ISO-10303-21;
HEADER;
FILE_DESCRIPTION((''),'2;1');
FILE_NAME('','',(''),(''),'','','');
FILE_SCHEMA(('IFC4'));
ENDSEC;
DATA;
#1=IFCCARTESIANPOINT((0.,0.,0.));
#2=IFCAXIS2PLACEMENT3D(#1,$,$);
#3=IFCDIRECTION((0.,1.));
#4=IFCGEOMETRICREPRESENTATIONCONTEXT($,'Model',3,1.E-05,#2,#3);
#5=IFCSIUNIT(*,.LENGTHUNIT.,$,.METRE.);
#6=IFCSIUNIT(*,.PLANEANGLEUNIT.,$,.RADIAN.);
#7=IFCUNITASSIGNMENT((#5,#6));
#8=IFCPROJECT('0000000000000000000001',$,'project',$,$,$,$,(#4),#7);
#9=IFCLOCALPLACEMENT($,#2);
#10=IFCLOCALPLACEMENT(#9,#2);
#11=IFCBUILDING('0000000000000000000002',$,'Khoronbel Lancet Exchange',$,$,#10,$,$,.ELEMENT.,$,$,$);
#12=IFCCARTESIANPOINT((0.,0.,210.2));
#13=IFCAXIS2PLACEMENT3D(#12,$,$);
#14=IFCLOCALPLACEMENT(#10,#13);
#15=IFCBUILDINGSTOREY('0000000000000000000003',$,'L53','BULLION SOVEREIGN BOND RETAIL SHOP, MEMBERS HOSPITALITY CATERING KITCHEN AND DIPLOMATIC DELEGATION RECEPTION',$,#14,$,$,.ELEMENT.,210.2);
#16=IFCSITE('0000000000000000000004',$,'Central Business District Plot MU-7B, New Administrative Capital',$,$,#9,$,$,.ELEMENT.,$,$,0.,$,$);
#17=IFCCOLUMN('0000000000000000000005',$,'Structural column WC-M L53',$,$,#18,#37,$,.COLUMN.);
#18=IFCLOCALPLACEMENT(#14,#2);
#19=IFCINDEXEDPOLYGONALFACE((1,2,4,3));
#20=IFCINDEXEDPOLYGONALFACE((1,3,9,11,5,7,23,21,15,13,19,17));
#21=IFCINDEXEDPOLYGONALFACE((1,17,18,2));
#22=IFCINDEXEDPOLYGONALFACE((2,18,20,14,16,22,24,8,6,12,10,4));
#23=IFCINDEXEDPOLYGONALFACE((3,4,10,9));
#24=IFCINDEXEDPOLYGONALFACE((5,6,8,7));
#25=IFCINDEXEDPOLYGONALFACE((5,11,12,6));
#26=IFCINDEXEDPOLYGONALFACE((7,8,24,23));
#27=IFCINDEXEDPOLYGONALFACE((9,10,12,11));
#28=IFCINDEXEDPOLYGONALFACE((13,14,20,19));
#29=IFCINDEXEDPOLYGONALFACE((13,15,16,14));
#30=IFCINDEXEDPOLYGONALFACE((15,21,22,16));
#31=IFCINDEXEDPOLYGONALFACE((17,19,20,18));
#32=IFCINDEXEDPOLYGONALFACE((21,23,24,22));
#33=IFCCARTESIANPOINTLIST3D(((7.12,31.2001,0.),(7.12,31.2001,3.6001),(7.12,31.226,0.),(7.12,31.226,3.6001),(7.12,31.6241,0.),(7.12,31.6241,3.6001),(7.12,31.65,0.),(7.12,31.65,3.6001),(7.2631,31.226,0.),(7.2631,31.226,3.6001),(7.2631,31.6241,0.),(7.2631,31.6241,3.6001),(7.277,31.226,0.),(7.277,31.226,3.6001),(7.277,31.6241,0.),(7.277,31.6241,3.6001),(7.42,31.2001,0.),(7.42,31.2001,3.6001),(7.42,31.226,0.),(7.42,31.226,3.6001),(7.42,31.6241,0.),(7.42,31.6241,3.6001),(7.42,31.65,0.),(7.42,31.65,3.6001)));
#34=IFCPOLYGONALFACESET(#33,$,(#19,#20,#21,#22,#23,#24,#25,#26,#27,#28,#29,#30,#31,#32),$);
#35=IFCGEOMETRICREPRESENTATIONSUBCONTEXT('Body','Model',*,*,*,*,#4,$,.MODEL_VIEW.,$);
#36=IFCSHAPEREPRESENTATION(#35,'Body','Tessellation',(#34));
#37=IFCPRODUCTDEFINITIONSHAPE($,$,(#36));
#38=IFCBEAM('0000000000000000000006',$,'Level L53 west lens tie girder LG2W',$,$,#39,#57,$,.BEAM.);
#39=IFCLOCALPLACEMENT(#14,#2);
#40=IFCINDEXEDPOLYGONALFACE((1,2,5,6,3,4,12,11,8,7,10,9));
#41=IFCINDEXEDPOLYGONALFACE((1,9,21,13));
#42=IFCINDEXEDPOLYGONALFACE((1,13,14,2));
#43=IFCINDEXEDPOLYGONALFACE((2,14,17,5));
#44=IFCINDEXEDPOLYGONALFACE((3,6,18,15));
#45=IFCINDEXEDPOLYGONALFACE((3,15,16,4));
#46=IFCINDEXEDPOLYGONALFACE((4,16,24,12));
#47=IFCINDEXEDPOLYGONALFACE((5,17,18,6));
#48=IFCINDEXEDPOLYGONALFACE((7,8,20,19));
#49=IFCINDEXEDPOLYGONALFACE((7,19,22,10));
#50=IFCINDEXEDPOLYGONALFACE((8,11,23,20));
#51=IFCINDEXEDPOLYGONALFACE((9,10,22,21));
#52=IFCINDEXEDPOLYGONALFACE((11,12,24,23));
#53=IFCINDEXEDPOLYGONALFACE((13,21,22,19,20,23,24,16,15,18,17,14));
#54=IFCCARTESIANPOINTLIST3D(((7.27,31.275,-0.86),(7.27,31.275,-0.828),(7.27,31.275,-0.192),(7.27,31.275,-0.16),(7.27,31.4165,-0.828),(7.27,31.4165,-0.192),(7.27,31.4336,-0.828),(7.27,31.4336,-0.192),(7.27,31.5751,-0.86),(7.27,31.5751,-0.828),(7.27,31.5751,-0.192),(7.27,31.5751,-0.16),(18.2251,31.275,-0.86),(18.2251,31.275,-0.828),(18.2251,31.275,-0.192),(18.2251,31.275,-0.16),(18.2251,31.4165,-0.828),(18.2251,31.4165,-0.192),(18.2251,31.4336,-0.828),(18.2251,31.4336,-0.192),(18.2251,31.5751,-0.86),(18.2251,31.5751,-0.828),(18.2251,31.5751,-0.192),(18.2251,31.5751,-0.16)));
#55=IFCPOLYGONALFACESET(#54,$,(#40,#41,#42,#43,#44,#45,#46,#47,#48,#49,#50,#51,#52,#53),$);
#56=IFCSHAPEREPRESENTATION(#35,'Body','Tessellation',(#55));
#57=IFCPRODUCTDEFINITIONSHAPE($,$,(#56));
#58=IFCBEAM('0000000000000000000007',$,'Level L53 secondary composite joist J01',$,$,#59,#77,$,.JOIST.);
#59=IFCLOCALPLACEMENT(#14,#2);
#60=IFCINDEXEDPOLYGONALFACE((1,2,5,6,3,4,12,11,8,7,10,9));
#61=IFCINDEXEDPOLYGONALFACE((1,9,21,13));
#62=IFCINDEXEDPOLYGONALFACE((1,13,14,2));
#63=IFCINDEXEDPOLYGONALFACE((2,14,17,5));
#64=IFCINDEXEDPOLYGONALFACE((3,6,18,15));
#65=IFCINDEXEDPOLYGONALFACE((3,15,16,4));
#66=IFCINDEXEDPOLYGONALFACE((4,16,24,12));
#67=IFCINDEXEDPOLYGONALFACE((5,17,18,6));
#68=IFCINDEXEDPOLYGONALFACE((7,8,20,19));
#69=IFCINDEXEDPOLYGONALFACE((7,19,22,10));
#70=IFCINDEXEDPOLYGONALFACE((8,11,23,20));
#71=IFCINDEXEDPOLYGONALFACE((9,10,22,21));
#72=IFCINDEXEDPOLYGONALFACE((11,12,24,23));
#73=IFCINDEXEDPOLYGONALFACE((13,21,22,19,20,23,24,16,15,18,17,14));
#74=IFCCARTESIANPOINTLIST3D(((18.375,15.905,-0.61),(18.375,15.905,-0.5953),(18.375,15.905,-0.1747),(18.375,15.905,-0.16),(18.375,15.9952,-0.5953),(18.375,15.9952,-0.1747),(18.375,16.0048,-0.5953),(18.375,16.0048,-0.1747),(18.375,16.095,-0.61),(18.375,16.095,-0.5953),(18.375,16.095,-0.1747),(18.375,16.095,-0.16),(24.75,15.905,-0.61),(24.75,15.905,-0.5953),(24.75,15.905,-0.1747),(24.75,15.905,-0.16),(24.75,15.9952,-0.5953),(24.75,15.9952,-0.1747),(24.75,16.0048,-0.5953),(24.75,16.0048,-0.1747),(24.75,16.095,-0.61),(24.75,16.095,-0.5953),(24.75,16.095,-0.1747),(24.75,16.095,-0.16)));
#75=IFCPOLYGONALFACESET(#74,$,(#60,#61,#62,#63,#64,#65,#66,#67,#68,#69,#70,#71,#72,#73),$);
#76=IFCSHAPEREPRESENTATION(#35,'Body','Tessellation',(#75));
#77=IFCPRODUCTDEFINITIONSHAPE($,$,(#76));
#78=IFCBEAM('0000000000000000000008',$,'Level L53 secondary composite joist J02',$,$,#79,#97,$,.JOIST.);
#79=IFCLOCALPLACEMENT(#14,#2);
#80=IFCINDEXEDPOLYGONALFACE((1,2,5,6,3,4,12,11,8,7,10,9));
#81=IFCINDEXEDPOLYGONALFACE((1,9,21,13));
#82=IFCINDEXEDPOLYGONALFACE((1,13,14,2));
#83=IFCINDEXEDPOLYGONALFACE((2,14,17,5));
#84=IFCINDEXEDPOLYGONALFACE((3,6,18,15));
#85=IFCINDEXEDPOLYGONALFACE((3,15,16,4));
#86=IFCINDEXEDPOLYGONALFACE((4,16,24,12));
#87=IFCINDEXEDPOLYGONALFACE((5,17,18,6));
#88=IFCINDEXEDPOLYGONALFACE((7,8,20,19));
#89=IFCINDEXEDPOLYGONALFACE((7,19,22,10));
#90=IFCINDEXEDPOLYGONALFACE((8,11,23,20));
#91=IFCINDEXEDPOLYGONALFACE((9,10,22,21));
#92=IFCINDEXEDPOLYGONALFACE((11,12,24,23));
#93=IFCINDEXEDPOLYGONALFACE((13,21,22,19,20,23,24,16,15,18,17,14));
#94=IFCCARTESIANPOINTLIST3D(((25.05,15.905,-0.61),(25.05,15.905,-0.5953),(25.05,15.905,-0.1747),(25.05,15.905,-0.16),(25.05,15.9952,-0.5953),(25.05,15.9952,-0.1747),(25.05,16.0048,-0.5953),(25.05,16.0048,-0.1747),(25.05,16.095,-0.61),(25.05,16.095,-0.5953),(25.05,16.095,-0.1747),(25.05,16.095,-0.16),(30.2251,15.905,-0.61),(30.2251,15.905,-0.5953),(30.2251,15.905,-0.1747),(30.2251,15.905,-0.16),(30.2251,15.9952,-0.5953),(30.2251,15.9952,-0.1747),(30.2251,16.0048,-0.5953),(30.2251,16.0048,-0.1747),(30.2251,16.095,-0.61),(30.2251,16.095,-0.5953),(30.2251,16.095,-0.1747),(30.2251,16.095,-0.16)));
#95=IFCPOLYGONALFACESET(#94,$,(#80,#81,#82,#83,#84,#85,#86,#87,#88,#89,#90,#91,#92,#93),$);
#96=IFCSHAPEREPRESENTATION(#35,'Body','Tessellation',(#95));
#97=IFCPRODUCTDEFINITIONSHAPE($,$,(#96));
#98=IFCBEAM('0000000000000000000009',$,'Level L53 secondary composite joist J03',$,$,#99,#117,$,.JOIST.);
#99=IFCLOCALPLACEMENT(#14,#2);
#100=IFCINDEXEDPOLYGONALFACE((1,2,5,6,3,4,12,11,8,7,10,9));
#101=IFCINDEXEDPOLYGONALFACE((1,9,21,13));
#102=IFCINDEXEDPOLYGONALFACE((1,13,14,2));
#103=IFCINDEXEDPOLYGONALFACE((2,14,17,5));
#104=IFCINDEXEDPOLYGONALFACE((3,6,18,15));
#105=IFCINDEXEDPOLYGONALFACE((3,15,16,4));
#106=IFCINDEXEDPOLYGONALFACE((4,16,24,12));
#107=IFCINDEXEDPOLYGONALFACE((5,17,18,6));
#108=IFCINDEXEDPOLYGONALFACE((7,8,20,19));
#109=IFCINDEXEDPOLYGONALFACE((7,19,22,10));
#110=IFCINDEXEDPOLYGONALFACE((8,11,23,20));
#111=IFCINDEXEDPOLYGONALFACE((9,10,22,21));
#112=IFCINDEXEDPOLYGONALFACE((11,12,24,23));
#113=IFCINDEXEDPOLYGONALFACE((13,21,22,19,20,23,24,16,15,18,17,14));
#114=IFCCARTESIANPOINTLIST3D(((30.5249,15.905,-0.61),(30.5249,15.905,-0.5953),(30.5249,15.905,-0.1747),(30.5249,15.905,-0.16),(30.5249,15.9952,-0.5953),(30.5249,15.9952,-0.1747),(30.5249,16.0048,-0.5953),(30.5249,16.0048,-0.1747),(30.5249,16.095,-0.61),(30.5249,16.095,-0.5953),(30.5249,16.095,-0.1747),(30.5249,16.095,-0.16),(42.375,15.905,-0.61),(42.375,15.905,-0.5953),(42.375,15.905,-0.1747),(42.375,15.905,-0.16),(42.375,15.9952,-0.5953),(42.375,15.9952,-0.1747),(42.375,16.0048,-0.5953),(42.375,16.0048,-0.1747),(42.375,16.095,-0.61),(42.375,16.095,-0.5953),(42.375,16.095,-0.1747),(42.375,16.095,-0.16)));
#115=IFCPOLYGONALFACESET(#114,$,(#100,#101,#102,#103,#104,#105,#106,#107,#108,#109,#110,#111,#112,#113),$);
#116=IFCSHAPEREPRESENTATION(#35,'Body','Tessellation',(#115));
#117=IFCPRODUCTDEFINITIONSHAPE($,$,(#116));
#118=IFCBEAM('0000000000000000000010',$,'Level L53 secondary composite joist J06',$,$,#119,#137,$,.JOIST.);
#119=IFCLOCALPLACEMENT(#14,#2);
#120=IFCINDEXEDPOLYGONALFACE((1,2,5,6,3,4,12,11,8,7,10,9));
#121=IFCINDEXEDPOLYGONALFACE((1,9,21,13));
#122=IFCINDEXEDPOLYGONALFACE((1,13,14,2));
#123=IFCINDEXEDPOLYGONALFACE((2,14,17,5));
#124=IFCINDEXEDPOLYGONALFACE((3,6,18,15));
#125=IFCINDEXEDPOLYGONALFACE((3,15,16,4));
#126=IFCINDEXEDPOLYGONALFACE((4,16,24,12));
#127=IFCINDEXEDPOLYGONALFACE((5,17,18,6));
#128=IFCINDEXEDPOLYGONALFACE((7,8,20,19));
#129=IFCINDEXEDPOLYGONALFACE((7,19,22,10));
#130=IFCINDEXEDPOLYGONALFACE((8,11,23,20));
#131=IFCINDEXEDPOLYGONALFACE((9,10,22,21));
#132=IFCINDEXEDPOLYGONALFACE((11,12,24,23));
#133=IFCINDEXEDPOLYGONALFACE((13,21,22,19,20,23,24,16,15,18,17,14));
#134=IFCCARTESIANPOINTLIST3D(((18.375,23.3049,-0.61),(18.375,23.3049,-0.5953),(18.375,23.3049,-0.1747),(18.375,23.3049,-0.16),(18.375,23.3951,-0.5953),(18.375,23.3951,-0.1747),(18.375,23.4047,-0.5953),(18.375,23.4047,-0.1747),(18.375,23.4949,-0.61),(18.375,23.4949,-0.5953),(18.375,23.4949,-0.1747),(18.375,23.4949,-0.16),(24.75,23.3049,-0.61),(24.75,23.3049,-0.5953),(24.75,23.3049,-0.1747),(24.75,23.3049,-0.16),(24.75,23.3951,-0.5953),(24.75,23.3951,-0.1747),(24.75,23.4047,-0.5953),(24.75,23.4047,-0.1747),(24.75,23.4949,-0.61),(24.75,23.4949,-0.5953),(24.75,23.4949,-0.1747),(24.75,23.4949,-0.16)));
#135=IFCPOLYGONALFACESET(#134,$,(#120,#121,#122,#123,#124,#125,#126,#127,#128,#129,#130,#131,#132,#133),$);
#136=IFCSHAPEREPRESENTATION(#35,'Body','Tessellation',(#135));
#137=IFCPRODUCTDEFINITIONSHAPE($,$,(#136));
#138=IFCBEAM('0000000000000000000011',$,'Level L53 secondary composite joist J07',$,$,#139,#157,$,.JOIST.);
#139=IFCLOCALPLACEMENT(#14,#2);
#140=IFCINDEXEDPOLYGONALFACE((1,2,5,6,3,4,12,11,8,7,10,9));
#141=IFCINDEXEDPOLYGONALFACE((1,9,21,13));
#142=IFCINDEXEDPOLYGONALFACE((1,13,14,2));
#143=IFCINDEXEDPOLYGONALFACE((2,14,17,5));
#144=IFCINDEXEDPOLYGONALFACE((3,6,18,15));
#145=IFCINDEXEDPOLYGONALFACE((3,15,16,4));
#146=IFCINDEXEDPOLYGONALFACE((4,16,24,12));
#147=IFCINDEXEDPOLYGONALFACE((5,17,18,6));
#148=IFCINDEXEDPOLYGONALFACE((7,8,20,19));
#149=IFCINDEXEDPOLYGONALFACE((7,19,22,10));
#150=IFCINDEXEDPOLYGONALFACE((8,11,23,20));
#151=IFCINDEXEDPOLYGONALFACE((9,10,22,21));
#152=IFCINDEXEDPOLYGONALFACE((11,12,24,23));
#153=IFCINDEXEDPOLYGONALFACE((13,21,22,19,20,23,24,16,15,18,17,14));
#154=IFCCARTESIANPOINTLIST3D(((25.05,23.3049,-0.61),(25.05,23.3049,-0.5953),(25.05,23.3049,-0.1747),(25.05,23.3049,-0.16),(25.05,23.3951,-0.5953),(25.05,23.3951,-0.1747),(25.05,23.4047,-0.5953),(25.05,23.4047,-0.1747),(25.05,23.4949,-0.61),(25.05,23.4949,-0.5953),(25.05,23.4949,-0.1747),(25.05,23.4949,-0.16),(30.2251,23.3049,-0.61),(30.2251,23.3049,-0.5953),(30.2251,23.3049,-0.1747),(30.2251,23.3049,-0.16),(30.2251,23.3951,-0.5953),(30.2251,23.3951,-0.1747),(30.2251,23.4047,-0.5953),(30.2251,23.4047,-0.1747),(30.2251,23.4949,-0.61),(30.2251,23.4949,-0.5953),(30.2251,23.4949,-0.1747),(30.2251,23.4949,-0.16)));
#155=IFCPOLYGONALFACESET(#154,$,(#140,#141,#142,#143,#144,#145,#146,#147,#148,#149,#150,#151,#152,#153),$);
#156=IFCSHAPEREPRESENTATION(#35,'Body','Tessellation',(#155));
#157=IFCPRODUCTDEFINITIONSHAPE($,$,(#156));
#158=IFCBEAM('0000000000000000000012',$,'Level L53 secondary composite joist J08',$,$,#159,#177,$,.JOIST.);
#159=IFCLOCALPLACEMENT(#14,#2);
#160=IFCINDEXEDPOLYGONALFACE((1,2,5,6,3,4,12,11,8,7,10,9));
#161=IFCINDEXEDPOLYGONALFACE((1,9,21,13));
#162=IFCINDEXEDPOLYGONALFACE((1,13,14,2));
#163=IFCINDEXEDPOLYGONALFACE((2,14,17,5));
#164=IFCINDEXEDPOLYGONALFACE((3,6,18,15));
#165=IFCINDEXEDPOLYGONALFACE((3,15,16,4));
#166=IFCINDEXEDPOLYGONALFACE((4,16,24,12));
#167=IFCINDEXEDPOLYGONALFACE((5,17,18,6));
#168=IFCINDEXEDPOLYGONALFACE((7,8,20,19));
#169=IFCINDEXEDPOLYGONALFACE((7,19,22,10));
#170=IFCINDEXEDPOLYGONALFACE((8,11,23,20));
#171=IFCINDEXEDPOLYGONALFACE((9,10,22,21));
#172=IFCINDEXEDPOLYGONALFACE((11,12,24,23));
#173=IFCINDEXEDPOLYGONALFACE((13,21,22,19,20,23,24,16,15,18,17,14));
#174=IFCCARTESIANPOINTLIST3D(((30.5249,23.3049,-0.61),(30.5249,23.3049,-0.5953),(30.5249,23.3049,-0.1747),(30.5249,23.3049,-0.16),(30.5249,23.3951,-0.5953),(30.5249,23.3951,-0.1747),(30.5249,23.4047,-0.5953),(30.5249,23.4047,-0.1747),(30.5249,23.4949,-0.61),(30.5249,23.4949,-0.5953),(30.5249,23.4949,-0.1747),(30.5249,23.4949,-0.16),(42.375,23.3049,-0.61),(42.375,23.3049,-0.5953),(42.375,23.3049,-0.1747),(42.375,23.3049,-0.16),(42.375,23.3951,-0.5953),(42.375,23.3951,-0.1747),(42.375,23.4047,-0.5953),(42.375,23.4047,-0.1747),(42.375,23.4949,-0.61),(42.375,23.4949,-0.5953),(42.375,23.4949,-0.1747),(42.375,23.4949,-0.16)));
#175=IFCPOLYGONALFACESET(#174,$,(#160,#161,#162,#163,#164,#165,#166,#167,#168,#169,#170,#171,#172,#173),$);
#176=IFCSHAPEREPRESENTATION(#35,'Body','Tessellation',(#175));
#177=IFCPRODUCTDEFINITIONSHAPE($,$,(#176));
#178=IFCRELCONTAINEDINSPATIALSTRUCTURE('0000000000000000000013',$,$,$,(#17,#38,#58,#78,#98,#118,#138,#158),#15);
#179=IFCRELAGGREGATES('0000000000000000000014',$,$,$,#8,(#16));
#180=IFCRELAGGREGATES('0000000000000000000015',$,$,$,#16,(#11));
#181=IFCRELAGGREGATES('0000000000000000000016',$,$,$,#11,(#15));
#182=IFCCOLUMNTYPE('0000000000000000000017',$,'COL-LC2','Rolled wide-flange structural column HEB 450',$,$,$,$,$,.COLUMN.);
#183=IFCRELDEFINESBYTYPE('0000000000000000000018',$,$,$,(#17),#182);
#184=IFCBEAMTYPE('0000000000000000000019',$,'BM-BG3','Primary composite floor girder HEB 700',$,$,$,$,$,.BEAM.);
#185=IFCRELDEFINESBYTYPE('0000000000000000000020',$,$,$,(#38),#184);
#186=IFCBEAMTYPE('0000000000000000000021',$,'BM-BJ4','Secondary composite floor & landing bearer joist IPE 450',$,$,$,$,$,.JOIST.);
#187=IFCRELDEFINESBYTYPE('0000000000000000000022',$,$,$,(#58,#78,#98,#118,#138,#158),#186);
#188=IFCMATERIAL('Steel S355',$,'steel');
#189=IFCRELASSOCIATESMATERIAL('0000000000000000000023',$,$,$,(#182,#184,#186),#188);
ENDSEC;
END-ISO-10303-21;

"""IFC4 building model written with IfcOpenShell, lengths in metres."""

from ifc_helpers import new_model, si_unit, direction, frame, origin, origin_2d, place, context, subcontext, project, spatial, i_section, extrude, material, material_profile, profile_set, type_object, element, save


model = new_model("IFC4")

# Units and contexts
model_context = context("Model", 3, precision=1e-05, world=origin(), true_north=direction((0.0, 1.0)))
body_context = subcontext(model_context, "Body", "Model", "MODEL_VIEW")
ifc_project = project(units=[si_unit("LENGTHUNIT", "METRE"), si_unit("PLANEANGLEUNIT", "RADIAN")], contexts=[model_context])

# Site, building, storey
site_placement = place(None, origin())
site = spatial("IfcSite", under=ifc_project, at=site_placement, Name="Central Business District Plot MU-7B, New Administrative Capital", CompositionType="ELEMENT", RefElevation=0.0)
building_placement = place(site_placement, origin())
building = spatial("IfcBuilding", under=site, at=building_placement, Name="Khoronbel Lancet Exchange", CompositionType="ELEMENT")
storey_placement = place(building_placement, frame((0.0, 0.0, 210.2)))
storey = spatial("IfcBuildingStorey", under=building, at=storey_placement, Name="L53", Description="BULLION SOVEREIGN BOND RETAIL SHOP, MEMBERS HOSPITALITY CATERING KITCHEN AND DIPLOMATIC DELEGATION RECEPTION", CompositionType="ELEMENT", Elevation=210.2)

# Column
ifc_material_1 = material(Name="Steel S355", Category="steel")
ifc_material_profile_1 = material_profile(ifc_material_1, i_section(OverallWidth=0.3, OverallDepth=0.45, WebThickness=0.0139, FlangeThickness=0.0259, at=origin_2d()), Name="HEB 450")
ifc_profile_set_1 = profile_set([ifc_material_profile_1], Name="Steel S355")
column_type = type_object("IfcColumnType", Name="COL-LC2", Description="Rolled wide-flange structural column HEB 450", PredefinedType="COLUMN", material=ifc_profile_set_1)
column_placement = place(storey_placement, frame((7.27, 31.425, 0.0), z_axis=(0.0, 0.0, 1.0), x_axis=(1.0, 0.0, 0.0)))
element("IfcColumn", 1, at=column_placement, inside=storey, type_object=column_type, Name="Structural column WC-M L53", PredefinedType="COLUMN", context=body_context, shape_type="SweptSolid", body=[
    extrude(i_section(OverallWidth=0.3, OverallDepth=0.45, WebThickness=0.0139, FlangeThickness=0.0259, at=origin_2d()), origin(), (0.0, 0.0, 1.0), 3.6001),
])

# Beams
ifc_material_profile_2 = material_profile(ifc_material_1, i_section(OverallWidth=0.3, OverallDepth=0.7, WebThickness=0.0171, FlangeThickness=0.032, at=origin_2d()), Name="HEB 700")
ifc_profile_set_2 = profile_set([ifc_material_profile_2], Name="Steel S355")
beam_type_1 = type_object("IfcBeamType", Name="BM-BG3", Description="Primary composite floor girder HEB 700", PredefinedType="BEAM", material=ifc_profile_set_2)
beam_1_placement = place(storey_placement, frame((7.27, 31.425, -0.51), z_axis=(1.0, 0.0, 0.0), x_axis=(0.0, 1.0, 0.0)))
element("IfcBeam", 2, at=beam_1_placement, inside=storey, type_object=beam_type_1, Name="Level L53 west lens tie girder LG2W", PredefinedType="BEAM", context=body_context, shape_type="SweptSolid", body=[
    extrude(i_section(OverallWidth=0.3, OverallDepth=0.7, WebThickness=0.0171, FlangeThickness=0.032, at=origin_2d()), origin(), (0.0, 0.0, 1.0), 10.9551),
])
ifc_material_profile_3 = material_profile(ifc_material_1, i_section(OverallWidth=0.1899, OverallDepth=0.45, WebThickness=0.0095, FlangeThickness=0.0146, at=origin_2d()), Name="IPE 450")
ifc_profile_set_3 = profile_set([ifc_material_profile_3], Name="Steel S355")
beam_type_2 = type_object("IfcBeamType", Name="BM-BJ4", Description="Secondary composite floor & landing bearer joist IPE 450", PredefinedType="JOIST", material=ifc_profile_set_3)
beam_2_placement = place(storey_placement, frame((18.375, 16.0, -0.385), z_axis=(1.0, 0.0, 0.0), x_axis=(0.0, 1.0, 0.0)))
element("IfcBeam", 3, at=beam_2_placement, inside=storey, type_object=beam_type_2, Name="Level L53 secondary composite joist J01", PredefinedType="JOIST", context=body_context, shape_type="SweptSolid", body=[
    extrude(i_section(OverallWidth=0.1899, OverallDepth=0.45, WebThickness=0.0095, FlangeThickness=0.0146, at=origin_2d()), origin(), (0.0, 0.0, 1.0), 6.375),
])
beam_3_placement = place(storey_placement, frame((25.05, 16.0, -0.385), z_axis=(1.0, 0.0, 0.0), x_axis=(0.0, 1.0, 0.0)))
element("IfcBeam", 4, at=beam_3_placement, inside=storey, type_object=beam_type_2, Name="Level L53 secondary composite joist J02", PredefinedType="JOIST", context=body_context, shape_type="SweptSolid", body=[
    extrude(i_section(OverallWidth=0.1899, OverallDepth=0.45, WebThickness=0.0095, FlangeThickness=0.0146, at=origin_2d()), origin(), (0.0, 0.0, 1.0), 5.175),
])
beam_4_placement = place(storey_placement, frame((30.5249, 16.0, -0.385), z_axis=(1.0, 0.0, 0.0), x_axis=(0.0, 1.0, 0.0)))
element("IfcBeam", 5, at=beam_4_placement, inside=storey, type_object=beam_type_2, Name="Level L53 secondary composite joist J03", PredefinedType="JOIST", context=body_context, shape_type="SweptSolid", body=[
    extrude(i_section(OverallWidth=0.1899, OverallDepth=0.45, WebThickness=0.0095, FlangeThickness=0.0146, at=origin_2d()), origin(), (0.0, 0.0, 1.0), 11.8501),
])
beam_5_placement = place(storey_placement, frame((18.375, 23.3999, -0.385), z_axis=(1.0, 0.0, 0.0), x_axis=(0.0, 1.0, 0.0)))
element("IfcBeam", 6, at=beam_5_placement, inside=storey, type_object=beam_type_2, Name="Level L53 secondary composite joist J06", PredefinedType="JOIST", context=body_context, shape_type="SweptSolid", body=[
    extrude(i_section(OverallWidth=0.1899, OverallDepth=0.45, WebThickness=0.0095, FlangeThickness=0.0146, at=origin_2d()), origin(), (0.0, 0.0, 1.0), 6.375),
])
beam_6_placement = place(storey_placement, frame((25.05, 23.3999, -0.385), z_axis=(1.0, 0.0, 0.0), x_axis=(0.0, 1.0, 0.0)))
element("IfcBeam", 7, at=beam_6_placement, inside=storey, type_object=beam_type_2, Name="Level L53 secondary composite joist J07", PredefinedType="JOIST", context=body_context, shape_type="SweptSolid", body=[
    extrude(i_section(OverallWidth=0.1899, OverallDepth=0.45, WebThickness=0.0095, FlangeThickness=0.0146, at=origin_2d()), origin(), (0.0, 0.0, 1.0), 5.175),
])
beam_7_placement = place(storey_placement, frame((30.5249, 23.3999, -0.385), z_axis=(1.0, 0.0, 0.0), x_axis=(0.0, 1.0, 0.0)))
element("IfcBeam", 8, at=beam_7_placement, inside=storey, type_object=beam_type_2, Name="Level L53 secondary composite joist J08", PredefinedType="JOIST", context=body_context, shape_type="SweptSolid", body=[
    extrude(i_section(OverallWidth=0.1899, OverallDepth=0.45, WebThickness=0.0095, FlangeThickness=0.0146, at=origin_2d()), origin(), (0.0, 0.0, 1.0), 11.8501),
])

save(model, "model.ifc")
